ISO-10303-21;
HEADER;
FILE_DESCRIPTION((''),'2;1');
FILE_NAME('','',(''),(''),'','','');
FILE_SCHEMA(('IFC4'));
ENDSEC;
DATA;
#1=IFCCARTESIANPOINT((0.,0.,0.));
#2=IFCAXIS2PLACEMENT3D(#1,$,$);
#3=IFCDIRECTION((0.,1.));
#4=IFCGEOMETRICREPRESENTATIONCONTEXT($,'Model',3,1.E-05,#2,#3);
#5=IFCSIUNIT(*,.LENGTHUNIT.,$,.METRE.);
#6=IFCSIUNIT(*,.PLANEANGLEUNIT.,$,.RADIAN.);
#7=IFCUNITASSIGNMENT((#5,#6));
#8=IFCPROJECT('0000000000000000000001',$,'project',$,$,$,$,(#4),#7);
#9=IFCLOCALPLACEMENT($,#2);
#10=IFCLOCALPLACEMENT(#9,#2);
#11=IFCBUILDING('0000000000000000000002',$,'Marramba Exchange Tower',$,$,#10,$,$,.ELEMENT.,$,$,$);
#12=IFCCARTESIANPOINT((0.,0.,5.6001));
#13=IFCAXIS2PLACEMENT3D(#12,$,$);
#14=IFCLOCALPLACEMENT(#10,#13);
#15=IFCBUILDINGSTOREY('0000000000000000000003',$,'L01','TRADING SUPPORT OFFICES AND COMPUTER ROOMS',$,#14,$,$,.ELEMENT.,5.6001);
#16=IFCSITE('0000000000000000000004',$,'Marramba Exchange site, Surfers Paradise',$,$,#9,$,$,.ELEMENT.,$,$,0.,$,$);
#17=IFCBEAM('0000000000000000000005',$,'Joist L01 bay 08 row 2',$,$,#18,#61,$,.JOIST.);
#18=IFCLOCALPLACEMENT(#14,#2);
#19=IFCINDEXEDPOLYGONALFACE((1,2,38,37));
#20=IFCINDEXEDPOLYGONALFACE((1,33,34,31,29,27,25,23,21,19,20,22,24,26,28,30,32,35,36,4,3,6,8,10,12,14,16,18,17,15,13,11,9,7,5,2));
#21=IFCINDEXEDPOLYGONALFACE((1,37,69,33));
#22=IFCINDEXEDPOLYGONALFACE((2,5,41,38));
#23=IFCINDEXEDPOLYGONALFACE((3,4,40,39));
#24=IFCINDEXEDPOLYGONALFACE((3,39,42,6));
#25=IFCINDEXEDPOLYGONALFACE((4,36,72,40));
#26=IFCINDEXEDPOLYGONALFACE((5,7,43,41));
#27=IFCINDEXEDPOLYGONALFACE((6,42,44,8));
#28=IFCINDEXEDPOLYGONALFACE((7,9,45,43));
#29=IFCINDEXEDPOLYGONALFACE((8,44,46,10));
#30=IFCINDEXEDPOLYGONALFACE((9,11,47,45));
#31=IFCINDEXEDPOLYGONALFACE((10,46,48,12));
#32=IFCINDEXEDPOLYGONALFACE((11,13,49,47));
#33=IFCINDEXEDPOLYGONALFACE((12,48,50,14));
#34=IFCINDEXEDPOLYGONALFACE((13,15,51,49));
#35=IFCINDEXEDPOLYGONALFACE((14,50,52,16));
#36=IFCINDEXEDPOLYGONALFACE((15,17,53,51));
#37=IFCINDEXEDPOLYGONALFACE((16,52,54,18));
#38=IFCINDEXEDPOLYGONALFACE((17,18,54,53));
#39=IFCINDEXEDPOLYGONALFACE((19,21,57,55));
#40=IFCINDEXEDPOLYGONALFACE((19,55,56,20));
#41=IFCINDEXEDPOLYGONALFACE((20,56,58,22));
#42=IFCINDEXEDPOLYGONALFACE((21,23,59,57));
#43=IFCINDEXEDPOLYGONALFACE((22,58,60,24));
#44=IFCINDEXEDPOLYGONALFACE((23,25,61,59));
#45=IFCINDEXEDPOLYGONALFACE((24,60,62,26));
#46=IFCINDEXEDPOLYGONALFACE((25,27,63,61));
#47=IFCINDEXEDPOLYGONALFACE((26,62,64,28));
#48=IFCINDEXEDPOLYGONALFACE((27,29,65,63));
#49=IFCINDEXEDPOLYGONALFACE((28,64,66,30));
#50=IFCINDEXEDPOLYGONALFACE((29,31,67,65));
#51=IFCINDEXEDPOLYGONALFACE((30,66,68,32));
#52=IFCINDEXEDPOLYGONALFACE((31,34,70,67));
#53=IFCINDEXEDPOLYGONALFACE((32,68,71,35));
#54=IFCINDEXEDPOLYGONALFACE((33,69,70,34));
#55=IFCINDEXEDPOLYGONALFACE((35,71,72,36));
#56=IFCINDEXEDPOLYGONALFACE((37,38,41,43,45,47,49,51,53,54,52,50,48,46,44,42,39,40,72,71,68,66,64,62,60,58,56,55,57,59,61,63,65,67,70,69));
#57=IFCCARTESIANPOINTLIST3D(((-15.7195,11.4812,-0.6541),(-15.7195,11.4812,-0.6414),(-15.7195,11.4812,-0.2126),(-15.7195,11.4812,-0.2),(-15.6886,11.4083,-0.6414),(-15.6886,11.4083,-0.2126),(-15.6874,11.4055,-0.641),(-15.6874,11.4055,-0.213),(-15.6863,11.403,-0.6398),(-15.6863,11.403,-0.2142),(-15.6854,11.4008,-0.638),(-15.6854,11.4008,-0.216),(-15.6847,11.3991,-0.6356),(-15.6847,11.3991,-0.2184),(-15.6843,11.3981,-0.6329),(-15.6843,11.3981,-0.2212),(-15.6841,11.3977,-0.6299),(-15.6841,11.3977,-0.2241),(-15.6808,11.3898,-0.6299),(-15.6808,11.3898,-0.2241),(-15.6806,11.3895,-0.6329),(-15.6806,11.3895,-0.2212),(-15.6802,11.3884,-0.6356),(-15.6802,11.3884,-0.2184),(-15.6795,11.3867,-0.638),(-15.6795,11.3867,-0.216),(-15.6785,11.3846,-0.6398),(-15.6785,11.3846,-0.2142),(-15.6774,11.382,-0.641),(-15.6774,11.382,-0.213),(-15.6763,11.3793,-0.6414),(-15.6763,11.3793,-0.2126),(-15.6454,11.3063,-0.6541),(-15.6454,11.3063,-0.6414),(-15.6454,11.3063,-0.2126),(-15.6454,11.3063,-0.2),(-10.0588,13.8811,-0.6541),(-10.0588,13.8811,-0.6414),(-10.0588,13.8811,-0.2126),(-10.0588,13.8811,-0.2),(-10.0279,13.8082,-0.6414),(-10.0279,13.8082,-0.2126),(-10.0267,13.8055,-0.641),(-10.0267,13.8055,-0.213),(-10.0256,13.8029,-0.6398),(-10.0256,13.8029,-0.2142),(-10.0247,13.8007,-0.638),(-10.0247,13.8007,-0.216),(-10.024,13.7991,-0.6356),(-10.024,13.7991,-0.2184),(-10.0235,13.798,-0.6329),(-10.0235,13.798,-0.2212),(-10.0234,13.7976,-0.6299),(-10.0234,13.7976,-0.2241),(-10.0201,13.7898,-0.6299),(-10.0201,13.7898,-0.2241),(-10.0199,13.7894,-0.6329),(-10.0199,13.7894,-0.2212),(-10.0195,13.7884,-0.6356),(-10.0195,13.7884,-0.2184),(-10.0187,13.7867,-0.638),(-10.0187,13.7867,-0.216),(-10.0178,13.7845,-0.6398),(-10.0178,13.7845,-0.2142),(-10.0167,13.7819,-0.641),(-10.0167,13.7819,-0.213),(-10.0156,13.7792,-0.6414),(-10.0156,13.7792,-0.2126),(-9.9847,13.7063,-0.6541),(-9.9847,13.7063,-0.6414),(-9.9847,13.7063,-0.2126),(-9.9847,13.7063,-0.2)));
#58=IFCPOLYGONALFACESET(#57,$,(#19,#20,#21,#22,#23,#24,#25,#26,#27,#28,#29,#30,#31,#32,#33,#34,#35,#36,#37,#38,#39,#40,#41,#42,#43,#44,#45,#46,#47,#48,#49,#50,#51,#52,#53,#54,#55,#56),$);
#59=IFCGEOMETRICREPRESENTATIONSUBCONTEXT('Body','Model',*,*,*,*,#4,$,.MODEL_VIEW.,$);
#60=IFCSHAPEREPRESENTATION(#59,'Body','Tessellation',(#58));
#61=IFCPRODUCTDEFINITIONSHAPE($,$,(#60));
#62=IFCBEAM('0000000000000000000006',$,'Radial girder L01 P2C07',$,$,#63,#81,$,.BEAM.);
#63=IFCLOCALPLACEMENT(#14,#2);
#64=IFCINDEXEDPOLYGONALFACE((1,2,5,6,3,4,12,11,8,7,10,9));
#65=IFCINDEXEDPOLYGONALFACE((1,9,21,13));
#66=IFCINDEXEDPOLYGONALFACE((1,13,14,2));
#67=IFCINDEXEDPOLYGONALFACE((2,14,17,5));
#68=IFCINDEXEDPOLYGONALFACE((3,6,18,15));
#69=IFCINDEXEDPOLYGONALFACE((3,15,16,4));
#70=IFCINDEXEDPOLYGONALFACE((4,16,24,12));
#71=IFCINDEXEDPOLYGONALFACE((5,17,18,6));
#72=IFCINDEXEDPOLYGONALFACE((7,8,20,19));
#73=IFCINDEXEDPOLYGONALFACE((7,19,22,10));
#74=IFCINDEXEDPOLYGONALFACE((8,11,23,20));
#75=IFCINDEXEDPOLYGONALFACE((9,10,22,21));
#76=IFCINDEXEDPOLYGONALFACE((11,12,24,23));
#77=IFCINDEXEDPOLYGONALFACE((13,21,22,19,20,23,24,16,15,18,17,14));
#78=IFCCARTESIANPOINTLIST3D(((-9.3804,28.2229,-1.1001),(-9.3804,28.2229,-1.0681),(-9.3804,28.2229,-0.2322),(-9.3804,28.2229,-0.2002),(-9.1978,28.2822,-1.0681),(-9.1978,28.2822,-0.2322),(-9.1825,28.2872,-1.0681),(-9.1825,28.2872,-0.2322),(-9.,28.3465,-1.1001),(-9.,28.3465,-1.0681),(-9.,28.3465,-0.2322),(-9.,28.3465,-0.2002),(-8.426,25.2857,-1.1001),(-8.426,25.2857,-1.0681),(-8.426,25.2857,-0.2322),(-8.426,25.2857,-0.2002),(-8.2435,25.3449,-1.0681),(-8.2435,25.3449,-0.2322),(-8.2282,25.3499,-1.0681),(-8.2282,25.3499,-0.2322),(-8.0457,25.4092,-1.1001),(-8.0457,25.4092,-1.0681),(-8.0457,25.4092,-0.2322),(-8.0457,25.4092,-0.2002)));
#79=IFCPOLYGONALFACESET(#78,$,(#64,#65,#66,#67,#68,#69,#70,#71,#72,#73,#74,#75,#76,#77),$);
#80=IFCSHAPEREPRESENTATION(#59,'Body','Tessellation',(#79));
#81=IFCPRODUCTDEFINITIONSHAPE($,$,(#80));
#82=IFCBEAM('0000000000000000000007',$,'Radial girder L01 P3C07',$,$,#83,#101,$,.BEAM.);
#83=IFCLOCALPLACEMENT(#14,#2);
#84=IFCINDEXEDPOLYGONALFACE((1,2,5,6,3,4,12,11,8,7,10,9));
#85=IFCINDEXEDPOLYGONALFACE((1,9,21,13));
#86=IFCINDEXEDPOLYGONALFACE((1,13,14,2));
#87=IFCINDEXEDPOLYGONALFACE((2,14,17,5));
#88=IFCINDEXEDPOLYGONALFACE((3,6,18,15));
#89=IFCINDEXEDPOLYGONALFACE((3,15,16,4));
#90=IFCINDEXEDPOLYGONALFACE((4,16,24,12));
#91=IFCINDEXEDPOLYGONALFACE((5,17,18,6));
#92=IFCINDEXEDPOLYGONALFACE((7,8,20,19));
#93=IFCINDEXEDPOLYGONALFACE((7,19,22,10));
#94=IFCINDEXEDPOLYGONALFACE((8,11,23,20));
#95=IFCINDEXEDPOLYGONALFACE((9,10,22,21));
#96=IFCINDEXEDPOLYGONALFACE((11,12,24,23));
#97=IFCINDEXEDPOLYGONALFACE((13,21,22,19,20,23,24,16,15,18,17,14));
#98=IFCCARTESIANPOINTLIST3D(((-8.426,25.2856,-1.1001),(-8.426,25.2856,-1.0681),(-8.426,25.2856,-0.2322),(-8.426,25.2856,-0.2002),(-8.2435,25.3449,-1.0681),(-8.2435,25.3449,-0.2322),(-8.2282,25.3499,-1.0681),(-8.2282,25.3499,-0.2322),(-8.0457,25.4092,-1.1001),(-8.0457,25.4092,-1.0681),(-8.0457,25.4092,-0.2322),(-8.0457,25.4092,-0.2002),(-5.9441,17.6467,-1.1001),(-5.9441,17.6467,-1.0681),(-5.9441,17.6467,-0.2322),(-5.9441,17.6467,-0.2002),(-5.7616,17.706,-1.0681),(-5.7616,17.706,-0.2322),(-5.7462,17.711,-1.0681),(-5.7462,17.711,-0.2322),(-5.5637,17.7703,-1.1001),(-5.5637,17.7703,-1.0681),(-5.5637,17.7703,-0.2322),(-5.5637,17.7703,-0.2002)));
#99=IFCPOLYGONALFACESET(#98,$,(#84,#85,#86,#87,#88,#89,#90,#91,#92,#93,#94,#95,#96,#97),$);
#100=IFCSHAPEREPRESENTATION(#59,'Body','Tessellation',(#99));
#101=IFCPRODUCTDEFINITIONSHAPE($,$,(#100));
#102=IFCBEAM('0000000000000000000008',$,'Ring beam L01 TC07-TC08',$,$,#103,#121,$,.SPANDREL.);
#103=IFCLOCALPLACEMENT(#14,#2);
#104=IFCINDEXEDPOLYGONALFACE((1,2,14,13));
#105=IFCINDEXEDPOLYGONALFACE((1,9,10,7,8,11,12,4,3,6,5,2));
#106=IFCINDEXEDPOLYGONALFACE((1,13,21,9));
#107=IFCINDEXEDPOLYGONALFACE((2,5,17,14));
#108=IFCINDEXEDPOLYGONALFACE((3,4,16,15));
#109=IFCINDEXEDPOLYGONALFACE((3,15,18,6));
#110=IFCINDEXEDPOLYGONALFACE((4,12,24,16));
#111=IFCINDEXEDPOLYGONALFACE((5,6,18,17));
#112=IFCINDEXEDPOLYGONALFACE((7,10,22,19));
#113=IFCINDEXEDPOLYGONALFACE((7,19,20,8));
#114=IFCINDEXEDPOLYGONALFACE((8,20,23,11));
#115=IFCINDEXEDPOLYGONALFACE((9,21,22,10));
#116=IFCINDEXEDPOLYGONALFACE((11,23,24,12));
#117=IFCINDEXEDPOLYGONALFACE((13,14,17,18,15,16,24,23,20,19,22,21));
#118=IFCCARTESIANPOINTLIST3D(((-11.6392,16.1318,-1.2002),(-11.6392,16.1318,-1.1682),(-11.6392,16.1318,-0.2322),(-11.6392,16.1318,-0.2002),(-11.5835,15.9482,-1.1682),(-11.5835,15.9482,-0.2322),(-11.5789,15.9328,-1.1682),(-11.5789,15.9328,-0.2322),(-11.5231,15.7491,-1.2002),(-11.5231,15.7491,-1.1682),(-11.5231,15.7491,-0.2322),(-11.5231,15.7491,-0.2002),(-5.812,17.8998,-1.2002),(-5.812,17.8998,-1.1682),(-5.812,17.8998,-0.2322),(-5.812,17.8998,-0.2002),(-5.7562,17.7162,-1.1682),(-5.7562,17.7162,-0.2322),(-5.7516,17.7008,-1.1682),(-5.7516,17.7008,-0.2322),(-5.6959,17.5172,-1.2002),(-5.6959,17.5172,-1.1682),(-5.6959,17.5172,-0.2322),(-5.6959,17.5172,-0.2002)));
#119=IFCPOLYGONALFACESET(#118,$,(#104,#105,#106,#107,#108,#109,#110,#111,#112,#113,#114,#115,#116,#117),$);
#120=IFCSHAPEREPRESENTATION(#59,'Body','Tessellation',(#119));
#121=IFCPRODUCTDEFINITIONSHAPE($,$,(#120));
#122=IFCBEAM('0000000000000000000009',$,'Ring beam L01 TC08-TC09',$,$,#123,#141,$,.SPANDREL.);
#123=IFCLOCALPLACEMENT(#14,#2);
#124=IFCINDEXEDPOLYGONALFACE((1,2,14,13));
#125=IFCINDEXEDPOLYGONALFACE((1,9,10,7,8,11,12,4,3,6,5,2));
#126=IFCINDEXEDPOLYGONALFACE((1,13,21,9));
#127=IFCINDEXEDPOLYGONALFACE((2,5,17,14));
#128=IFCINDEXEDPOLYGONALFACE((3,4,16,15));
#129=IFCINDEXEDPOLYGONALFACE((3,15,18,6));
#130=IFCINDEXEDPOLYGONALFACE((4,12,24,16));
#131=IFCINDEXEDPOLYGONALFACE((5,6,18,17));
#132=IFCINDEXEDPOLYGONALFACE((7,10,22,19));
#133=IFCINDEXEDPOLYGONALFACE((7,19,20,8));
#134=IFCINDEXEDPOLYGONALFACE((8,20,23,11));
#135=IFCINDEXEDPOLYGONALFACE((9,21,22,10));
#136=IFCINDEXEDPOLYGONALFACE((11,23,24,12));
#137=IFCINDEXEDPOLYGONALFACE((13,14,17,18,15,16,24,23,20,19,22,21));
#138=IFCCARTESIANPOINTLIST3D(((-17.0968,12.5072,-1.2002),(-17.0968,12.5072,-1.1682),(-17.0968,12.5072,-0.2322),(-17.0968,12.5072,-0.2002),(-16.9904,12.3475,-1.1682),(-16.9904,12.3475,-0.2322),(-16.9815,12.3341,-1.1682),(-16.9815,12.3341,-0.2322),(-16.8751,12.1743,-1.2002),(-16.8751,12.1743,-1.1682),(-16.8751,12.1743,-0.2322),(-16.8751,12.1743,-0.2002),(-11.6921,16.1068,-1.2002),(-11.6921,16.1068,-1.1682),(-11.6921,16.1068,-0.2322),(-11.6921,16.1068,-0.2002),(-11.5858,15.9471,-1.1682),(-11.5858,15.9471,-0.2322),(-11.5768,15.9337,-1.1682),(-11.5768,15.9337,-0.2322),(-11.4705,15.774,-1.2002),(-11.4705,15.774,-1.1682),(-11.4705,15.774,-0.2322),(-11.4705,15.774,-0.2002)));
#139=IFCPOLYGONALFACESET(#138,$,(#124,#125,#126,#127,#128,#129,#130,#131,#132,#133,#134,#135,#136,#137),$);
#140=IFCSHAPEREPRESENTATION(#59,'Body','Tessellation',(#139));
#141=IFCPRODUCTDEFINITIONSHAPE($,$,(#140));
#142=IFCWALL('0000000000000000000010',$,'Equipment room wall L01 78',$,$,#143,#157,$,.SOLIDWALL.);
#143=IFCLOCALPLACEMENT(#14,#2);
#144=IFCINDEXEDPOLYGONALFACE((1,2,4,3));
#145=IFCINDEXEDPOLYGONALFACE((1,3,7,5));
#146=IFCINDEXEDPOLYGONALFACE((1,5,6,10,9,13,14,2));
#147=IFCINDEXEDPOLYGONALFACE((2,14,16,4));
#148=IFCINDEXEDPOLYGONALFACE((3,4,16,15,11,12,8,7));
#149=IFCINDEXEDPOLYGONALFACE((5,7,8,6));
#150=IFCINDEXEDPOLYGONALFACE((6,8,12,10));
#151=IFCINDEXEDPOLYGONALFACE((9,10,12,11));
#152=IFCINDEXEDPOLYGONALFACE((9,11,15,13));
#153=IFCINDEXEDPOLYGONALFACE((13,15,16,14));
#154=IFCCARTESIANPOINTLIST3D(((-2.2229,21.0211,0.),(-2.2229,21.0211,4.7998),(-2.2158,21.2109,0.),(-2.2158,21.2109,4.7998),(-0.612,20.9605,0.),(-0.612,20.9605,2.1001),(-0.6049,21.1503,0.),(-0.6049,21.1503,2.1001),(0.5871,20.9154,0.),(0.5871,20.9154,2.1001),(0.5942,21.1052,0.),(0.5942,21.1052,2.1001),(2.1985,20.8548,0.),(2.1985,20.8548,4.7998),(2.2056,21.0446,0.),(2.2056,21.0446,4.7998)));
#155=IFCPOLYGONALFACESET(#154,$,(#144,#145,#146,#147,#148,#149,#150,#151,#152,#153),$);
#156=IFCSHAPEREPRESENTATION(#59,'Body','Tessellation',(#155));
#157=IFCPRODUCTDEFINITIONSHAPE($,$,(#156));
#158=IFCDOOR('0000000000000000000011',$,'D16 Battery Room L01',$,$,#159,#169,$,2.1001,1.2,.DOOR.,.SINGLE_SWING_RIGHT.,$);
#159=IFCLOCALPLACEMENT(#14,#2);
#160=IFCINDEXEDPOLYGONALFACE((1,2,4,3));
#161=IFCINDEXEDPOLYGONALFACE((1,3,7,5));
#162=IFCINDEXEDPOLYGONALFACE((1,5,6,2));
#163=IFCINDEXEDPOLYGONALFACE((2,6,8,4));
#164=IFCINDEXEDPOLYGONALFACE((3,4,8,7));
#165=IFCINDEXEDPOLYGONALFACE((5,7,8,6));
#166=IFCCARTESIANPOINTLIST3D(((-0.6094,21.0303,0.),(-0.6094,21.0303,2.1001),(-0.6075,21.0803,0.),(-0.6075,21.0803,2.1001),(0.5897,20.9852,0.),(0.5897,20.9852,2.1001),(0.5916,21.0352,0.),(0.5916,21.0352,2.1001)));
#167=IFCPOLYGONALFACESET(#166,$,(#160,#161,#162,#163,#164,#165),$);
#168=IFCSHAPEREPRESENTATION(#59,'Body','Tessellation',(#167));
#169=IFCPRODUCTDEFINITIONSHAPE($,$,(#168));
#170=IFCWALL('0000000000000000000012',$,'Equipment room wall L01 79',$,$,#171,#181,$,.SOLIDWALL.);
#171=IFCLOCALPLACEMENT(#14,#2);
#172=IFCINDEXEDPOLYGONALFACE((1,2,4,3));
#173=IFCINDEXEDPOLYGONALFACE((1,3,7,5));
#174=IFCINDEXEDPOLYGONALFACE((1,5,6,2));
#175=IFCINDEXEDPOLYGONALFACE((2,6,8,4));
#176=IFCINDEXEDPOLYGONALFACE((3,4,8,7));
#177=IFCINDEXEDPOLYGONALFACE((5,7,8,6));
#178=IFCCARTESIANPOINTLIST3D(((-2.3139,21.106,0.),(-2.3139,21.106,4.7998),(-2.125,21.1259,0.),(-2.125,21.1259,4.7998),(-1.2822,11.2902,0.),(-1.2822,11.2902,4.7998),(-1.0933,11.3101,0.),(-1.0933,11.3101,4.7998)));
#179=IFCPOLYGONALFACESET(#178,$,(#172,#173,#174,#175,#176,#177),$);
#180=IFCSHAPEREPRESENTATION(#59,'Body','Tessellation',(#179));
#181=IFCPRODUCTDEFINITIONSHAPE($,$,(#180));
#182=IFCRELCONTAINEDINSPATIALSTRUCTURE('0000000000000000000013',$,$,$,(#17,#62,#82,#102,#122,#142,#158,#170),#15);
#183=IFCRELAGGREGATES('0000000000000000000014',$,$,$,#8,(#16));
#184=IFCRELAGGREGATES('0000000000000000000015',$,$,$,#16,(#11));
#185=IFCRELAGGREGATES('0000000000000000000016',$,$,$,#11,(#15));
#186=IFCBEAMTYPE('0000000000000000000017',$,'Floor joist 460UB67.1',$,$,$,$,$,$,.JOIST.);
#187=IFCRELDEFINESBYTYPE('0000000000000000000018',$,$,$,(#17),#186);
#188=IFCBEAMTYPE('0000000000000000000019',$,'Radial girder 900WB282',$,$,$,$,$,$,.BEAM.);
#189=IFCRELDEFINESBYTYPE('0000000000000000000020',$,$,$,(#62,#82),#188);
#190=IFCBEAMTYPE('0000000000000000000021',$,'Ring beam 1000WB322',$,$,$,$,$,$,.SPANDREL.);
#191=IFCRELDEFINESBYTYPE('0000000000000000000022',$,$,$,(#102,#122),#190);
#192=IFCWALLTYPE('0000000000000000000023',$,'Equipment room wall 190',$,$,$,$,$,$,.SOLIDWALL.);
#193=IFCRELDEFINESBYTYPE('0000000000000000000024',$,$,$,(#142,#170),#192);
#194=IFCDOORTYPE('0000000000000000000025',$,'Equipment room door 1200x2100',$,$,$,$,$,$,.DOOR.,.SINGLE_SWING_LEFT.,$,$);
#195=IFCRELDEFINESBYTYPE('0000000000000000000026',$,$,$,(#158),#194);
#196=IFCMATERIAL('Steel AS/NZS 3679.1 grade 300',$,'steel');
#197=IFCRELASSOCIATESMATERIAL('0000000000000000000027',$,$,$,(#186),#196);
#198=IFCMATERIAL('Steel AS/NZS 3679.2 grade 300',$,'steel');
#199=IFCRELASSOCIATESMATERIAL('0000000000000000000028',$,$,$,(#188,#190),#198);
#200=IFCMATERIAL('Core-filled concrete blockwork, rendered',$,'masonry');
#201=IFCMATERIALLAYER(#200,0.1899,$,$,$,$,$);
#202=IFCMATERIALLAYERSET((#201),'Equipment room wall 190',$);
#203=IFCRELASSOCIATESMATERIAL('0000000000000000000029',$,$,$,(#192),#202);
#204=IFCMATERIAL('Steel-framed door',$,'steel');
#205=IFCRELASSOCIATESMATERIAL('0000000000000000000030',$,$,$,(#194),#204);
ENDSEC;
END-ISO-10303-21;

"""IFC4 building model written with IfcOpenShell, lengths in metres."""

from ifc_helpers import new_model, si_unit, direction, frame, frame_2d, origin, origin_2d, place, context, subcontext, project, spatial, rectangle, i_section, extrude, material, layer, layer_set, material_profile, profile_set, type_object, element, fill, save


model = new_model("IFC4")

# Units and contexts
model_context = context("Model", 3, precision=1e-05, world=origin(), true_north=direction((0.0, 1.0)))
body_context = subcontext(model_context, "Body", "Model", "MODEL_VIEW")
ifc_project = project(units=[si_unit("LENGTHUNIT", "METRE"), si_unit("PLANEANGLEUNIT", "RADIAN")], contexts=[model_context])

# Site, building, storey
site_placement = place(None, origin())
site = spatial("IfcSite", under=ifc_project, at=site_placement, Name="Marramba Exchange site, Surfers Paradise", CompositionType="ELEMENT", RefElevation=0.0)
building_placement = place(site_placement, origin())
building = spatial("IfcBuilding", under=site, at=building_placement, Name="Marramba Exchange Tower", CompositionType="ELEMENT")
storey_placement = place(building_placement, frame((0.0, 0.0, 5.6001)))
storey = spatial("IfcBuildingStorey", under=building, at=storey_placement, Name="L01", Description="TRADING SUPPORT OFFICES AND COMPUTER ROOMS", CompositionType="ELEMENT", Elevation=5.6001)

# Beams
ifc_material_1 = material(Name="Steel AS/NZS 3679.1 grade 300", Category="steel")
ifc_material_profile_1 = material_profile(ifc_material_1, i_section(OverallWidth=0.1899, OverallDepth=0.4541, WebThickness=0.0085, FlangeThickness=0.0127, FilletRadius=0.0115, at=origin_2d()), Name="460UB67.1")
ifc_profile_set_1 = profile_set([ifc_material_profile_1], Name="Steel AS/NZS 3679.1 grade 300")
beam_type_1 = type_object("IfcBeamType", Name="Floor joist 460UB67.1", PredefinedType="JOIST", material=ifc_profile_set_1)
beam_1_placement = place(storey_placement, frame((-10.0217, 13.7937, -0.427), z_axis=(-0.920674, -0.390332, 0.0), x_axis=(0.390332, -0.920674, 0.0)))
element("IfcBeam", 1, at=beam_1_placement, inside=storey, type_object=beam_type_1, Name="Joist L01 bay 08 row 2", PredefinedType="JOIST", context=body_context, shape_type="SweptSolid", body=[
    extrude(i_section(OverallWidth=0.1899, OverallDepth=0.4541, WebThickness=0.0085, FlangeThickness=0.0127, FilletRadius=0.0115, at=origin_2d()), origin(), (0.0, 0.0, 1.0), 6.1484),
])
ifc_material_2 = material(Name="Steel AS/NZS 3679.2 grade 300", Category="steel")
ifc_material_profile_2 = material_profile(ifc_material_2, i_section(OverallWidth=0.3999, OverallDepth=0.8999, WebThickness=0.0161, FlangeThickness=0.032, at=origin_2d()), Name="900WB282")
ifc_profile_set_2 = profile_set([ifc_material_profile_2], Name="Steel AS/NZS 3679.2 grade 300")
beam_type_2 = type_object("IfcBeamType", Name="Radial girder 900WB282", PredefinedType="BEAM", material=ifc_profile_set_2)
beam_2_placement = place(storey_placement, frame((-9.1902, 28.2847, -0.6501), z_axis=(0.309009, -0.951059, 0.0), x_axis=(0.951059, 0.309009, 0.0)))
element("IfcBeam", 2, at=beam_2_placement, inside=storey, type_object=beam_type_2, Name="Radial girder L01 P2C07", PredefinedType="BEAM", context=body_context, shape_type="SweptSolid", body=[
    extrude(i_section(OverallWidth=0.3999, OverallDepth=0.8999, WebThickness=0.0161, FlangeThickness=0.032, at=origin_2d()), origin(), (0.0, 0.0, 1.0), 3.0884),
])
beam_3_placement = place(storey_placement, frame((-8.2358, 25.3474, -0.6501), z_axis=(0.309006, -0.95106, 0.0), x_axis=(0.95106, 0.309006, 0.0)))
element("IfcBeam", 3, at=beam_3_placement, inside=storey, type_object=beam_type_2, Name="Radial girder L01 P3C07", PredefinedType="BEAM", context=body_context, shape_type="SweptSolid", body=[
    extrude(i_section(OverallWidth=0.3999, OverallDepth=0.8999, WebThickness=0.0161, FlangeThickness=0.032, at=origin_2d()), origin(), (0.0, 0.0, 1.0), 8.032),
])
ifc_material_profile_3 = material_profile(ifc_material_2, i_section(OverallWidth=0.3999, OverallDepth=1.0, WebThickness=0.0161, FlangeThickness=0.032, at=origin_2d()), Name="1000WB322")
ifc_profile_set_3 = profile_set([ifc_material_profile_3], Name="Steel AS/NZS 3679.2 grade 300")
beam_type_3 = type_object("IfcBeamType", Name="Ring beam 1000WB322", PredefinedType="SPANDREL", material=ifc_profile_set_3)
beam_4_placement = place(storey_placement, frame((-5.7539, 17.7085, -0.7002), z_axis=(-0.956925, -0.290337, 0.0), x_axis=(0.290337, -0.956925, 0.0)))
element("IfcBeam", 4, at=beam_4_placement, inside=storey, type_object=beam_type_3, Name="Ring beam L01 TC07-TC08", PredefinedType="SPANDREL", context=body_context, shape_type="SweptSolid", body=[
    extrude(i_section(OverallWidth=0.3999, OverallDepth=1.0, WebThickness=0.0161, FlangeThickness=0.032, at=origin_2d()), origin(), (0.0, 0.0, 1.0), 6.0896),
])
beam_5_placement = place(storey_placement, frame((-11.5813, 15.9404, -0.7002), z_axis=(-0.832293, -0.554336, 0.0), x_axis=(0.554336, -0.832293, 0.0)))
element("IfcBeam", 5, at=beam_5_placement, inside=storey, type_object=beam_type_3, Name="Ring beam L01 TC08-TC09", PredefinedType="SPANDREL", context=body_context, shape_type="SweptSolid", body=[
    extrude(i_section(OverallWidth=0.3999, OverallDepth=1.0, WebThickness=0.0161, FlangeThickness=0.032, at=origin_2d()), origin(), (0.0, 0.0, 1.0), 6.4937),
])

# Wall, opening, door
ifc_material_3 = material(Name="Core-filled concrete blockwork, rendered", Category="masonry")
ifc_layer_1 = layer(ifc_material_3, 0.1899)
ifc_layer_set_1 = layer_set([ifc_layer_1], Name="Equipment room wall 190")
wall_type_1 = type_object("IfcWallType", Name="Equipment room wall 190", PredefinedType="SOLIDWALL", material=ifc_layer_set_1)
wall_1_placement = place(storey_placement, frame((-2.2195, 21.116, 0.0), z_axis=(0.0, 0.0, 1.0), x_axis=(0.999294, -0.037577, 0.0)))
wall_1 = element("IfcWall", 6, at=wall_1_placement, inside=storey, type_object=wall_type_1, Name="Equipment room wall L01 78", PredefinedType="SOLIDWALL", context=body_context, shape_type="SweptSolid", body=[
    extrude(rectangle(XDim=4.4246, YDim=0.1899, at=frame_2d((2.2124, 0.0))), origin(), (0.0, 0.0, 1.0), 4.7998),
])
opening_1_placement = place(wall_1_placement, frame((1.6121, 0.0, 0.0)))
opening_1 = element("IfcOpeningElement", 7, at=opening_1_placement, cuts=wall_1, PredefinedType="OPENING", context=body_context, shape_type="SweptSolid", body=[
    extrude(rectangle(XDim=1.2, YDim=2.1001, at=frame_2d((0.6001, 1.05))), frame((0.0, 0.105, 0.0), z_axis=(0.0, -1.0, 0.0), x_axis=(1.0, 0.0, 0.0)), (0.0, 0.0, 1.0), 0.21),
])
ifc_material_4 = material(Name="Steel-framed door", Category="steel")
door_type = type_object("IfcDoorType", Name="Equipment room door 1200x2100", OperationType="SINGLE_SWING_LEFT", PredefinedType="DOOR", material=ifc_material_4)
door_1_placement = place(opening_1_placement, frame((1.2, 0.0, 0.0), z_axis=(0.0, 0.0, 1.0), x_axis=(-1.0, 0.0, 0.0)))
door_1 = element("IfcDoor", 8, at=door_1_placement, inside=storey, type_object=door_type, Name="D16 Battery Room L01", OperationType="SINGLE_SWING_RIGHT", OverallHeight=2.1001, OverallWidth=1.2, PredefinedType="DOOR", context=body_context, shape_type="SweptSolid", body=[
    extrude(rectangle(XDim=1.2, YDim=2.1001, at=frame_2d((0.5999, 1.05))), frame((0.0, 0.0251, 0.0), z_axis=(0.0, -1.0, 0.0), x_axis=(1.0, 0.0, 0.0)), (0.0, 0.0, 1.0), 0.05),
])
fill(opening_1, door_1)

# Wall
wall_2_placement = place(storey_placement, frame((-1.1877, 11.3, 0.0), z_axis=(0.0, 0.0, 1.0), x_axis=(-0.104533, 0.994521, 0.0)))
element("IfcWall", 9, at=wall_2_placement, inside=storey, type_object=wall_type_1, Name="Equipment room wall L01 79", PredefinedType="SOLIDWALL", context=body_context, shape_type="SweptSolid", body=[
    extrude(rectangle(XDim=9.8699, YDim=0.1899, at=frame_2d((4.9351, 0.0))), origin(), (0.0, 0.0, 1.0), 4.7998),
])

save(model, "model.ifc")
